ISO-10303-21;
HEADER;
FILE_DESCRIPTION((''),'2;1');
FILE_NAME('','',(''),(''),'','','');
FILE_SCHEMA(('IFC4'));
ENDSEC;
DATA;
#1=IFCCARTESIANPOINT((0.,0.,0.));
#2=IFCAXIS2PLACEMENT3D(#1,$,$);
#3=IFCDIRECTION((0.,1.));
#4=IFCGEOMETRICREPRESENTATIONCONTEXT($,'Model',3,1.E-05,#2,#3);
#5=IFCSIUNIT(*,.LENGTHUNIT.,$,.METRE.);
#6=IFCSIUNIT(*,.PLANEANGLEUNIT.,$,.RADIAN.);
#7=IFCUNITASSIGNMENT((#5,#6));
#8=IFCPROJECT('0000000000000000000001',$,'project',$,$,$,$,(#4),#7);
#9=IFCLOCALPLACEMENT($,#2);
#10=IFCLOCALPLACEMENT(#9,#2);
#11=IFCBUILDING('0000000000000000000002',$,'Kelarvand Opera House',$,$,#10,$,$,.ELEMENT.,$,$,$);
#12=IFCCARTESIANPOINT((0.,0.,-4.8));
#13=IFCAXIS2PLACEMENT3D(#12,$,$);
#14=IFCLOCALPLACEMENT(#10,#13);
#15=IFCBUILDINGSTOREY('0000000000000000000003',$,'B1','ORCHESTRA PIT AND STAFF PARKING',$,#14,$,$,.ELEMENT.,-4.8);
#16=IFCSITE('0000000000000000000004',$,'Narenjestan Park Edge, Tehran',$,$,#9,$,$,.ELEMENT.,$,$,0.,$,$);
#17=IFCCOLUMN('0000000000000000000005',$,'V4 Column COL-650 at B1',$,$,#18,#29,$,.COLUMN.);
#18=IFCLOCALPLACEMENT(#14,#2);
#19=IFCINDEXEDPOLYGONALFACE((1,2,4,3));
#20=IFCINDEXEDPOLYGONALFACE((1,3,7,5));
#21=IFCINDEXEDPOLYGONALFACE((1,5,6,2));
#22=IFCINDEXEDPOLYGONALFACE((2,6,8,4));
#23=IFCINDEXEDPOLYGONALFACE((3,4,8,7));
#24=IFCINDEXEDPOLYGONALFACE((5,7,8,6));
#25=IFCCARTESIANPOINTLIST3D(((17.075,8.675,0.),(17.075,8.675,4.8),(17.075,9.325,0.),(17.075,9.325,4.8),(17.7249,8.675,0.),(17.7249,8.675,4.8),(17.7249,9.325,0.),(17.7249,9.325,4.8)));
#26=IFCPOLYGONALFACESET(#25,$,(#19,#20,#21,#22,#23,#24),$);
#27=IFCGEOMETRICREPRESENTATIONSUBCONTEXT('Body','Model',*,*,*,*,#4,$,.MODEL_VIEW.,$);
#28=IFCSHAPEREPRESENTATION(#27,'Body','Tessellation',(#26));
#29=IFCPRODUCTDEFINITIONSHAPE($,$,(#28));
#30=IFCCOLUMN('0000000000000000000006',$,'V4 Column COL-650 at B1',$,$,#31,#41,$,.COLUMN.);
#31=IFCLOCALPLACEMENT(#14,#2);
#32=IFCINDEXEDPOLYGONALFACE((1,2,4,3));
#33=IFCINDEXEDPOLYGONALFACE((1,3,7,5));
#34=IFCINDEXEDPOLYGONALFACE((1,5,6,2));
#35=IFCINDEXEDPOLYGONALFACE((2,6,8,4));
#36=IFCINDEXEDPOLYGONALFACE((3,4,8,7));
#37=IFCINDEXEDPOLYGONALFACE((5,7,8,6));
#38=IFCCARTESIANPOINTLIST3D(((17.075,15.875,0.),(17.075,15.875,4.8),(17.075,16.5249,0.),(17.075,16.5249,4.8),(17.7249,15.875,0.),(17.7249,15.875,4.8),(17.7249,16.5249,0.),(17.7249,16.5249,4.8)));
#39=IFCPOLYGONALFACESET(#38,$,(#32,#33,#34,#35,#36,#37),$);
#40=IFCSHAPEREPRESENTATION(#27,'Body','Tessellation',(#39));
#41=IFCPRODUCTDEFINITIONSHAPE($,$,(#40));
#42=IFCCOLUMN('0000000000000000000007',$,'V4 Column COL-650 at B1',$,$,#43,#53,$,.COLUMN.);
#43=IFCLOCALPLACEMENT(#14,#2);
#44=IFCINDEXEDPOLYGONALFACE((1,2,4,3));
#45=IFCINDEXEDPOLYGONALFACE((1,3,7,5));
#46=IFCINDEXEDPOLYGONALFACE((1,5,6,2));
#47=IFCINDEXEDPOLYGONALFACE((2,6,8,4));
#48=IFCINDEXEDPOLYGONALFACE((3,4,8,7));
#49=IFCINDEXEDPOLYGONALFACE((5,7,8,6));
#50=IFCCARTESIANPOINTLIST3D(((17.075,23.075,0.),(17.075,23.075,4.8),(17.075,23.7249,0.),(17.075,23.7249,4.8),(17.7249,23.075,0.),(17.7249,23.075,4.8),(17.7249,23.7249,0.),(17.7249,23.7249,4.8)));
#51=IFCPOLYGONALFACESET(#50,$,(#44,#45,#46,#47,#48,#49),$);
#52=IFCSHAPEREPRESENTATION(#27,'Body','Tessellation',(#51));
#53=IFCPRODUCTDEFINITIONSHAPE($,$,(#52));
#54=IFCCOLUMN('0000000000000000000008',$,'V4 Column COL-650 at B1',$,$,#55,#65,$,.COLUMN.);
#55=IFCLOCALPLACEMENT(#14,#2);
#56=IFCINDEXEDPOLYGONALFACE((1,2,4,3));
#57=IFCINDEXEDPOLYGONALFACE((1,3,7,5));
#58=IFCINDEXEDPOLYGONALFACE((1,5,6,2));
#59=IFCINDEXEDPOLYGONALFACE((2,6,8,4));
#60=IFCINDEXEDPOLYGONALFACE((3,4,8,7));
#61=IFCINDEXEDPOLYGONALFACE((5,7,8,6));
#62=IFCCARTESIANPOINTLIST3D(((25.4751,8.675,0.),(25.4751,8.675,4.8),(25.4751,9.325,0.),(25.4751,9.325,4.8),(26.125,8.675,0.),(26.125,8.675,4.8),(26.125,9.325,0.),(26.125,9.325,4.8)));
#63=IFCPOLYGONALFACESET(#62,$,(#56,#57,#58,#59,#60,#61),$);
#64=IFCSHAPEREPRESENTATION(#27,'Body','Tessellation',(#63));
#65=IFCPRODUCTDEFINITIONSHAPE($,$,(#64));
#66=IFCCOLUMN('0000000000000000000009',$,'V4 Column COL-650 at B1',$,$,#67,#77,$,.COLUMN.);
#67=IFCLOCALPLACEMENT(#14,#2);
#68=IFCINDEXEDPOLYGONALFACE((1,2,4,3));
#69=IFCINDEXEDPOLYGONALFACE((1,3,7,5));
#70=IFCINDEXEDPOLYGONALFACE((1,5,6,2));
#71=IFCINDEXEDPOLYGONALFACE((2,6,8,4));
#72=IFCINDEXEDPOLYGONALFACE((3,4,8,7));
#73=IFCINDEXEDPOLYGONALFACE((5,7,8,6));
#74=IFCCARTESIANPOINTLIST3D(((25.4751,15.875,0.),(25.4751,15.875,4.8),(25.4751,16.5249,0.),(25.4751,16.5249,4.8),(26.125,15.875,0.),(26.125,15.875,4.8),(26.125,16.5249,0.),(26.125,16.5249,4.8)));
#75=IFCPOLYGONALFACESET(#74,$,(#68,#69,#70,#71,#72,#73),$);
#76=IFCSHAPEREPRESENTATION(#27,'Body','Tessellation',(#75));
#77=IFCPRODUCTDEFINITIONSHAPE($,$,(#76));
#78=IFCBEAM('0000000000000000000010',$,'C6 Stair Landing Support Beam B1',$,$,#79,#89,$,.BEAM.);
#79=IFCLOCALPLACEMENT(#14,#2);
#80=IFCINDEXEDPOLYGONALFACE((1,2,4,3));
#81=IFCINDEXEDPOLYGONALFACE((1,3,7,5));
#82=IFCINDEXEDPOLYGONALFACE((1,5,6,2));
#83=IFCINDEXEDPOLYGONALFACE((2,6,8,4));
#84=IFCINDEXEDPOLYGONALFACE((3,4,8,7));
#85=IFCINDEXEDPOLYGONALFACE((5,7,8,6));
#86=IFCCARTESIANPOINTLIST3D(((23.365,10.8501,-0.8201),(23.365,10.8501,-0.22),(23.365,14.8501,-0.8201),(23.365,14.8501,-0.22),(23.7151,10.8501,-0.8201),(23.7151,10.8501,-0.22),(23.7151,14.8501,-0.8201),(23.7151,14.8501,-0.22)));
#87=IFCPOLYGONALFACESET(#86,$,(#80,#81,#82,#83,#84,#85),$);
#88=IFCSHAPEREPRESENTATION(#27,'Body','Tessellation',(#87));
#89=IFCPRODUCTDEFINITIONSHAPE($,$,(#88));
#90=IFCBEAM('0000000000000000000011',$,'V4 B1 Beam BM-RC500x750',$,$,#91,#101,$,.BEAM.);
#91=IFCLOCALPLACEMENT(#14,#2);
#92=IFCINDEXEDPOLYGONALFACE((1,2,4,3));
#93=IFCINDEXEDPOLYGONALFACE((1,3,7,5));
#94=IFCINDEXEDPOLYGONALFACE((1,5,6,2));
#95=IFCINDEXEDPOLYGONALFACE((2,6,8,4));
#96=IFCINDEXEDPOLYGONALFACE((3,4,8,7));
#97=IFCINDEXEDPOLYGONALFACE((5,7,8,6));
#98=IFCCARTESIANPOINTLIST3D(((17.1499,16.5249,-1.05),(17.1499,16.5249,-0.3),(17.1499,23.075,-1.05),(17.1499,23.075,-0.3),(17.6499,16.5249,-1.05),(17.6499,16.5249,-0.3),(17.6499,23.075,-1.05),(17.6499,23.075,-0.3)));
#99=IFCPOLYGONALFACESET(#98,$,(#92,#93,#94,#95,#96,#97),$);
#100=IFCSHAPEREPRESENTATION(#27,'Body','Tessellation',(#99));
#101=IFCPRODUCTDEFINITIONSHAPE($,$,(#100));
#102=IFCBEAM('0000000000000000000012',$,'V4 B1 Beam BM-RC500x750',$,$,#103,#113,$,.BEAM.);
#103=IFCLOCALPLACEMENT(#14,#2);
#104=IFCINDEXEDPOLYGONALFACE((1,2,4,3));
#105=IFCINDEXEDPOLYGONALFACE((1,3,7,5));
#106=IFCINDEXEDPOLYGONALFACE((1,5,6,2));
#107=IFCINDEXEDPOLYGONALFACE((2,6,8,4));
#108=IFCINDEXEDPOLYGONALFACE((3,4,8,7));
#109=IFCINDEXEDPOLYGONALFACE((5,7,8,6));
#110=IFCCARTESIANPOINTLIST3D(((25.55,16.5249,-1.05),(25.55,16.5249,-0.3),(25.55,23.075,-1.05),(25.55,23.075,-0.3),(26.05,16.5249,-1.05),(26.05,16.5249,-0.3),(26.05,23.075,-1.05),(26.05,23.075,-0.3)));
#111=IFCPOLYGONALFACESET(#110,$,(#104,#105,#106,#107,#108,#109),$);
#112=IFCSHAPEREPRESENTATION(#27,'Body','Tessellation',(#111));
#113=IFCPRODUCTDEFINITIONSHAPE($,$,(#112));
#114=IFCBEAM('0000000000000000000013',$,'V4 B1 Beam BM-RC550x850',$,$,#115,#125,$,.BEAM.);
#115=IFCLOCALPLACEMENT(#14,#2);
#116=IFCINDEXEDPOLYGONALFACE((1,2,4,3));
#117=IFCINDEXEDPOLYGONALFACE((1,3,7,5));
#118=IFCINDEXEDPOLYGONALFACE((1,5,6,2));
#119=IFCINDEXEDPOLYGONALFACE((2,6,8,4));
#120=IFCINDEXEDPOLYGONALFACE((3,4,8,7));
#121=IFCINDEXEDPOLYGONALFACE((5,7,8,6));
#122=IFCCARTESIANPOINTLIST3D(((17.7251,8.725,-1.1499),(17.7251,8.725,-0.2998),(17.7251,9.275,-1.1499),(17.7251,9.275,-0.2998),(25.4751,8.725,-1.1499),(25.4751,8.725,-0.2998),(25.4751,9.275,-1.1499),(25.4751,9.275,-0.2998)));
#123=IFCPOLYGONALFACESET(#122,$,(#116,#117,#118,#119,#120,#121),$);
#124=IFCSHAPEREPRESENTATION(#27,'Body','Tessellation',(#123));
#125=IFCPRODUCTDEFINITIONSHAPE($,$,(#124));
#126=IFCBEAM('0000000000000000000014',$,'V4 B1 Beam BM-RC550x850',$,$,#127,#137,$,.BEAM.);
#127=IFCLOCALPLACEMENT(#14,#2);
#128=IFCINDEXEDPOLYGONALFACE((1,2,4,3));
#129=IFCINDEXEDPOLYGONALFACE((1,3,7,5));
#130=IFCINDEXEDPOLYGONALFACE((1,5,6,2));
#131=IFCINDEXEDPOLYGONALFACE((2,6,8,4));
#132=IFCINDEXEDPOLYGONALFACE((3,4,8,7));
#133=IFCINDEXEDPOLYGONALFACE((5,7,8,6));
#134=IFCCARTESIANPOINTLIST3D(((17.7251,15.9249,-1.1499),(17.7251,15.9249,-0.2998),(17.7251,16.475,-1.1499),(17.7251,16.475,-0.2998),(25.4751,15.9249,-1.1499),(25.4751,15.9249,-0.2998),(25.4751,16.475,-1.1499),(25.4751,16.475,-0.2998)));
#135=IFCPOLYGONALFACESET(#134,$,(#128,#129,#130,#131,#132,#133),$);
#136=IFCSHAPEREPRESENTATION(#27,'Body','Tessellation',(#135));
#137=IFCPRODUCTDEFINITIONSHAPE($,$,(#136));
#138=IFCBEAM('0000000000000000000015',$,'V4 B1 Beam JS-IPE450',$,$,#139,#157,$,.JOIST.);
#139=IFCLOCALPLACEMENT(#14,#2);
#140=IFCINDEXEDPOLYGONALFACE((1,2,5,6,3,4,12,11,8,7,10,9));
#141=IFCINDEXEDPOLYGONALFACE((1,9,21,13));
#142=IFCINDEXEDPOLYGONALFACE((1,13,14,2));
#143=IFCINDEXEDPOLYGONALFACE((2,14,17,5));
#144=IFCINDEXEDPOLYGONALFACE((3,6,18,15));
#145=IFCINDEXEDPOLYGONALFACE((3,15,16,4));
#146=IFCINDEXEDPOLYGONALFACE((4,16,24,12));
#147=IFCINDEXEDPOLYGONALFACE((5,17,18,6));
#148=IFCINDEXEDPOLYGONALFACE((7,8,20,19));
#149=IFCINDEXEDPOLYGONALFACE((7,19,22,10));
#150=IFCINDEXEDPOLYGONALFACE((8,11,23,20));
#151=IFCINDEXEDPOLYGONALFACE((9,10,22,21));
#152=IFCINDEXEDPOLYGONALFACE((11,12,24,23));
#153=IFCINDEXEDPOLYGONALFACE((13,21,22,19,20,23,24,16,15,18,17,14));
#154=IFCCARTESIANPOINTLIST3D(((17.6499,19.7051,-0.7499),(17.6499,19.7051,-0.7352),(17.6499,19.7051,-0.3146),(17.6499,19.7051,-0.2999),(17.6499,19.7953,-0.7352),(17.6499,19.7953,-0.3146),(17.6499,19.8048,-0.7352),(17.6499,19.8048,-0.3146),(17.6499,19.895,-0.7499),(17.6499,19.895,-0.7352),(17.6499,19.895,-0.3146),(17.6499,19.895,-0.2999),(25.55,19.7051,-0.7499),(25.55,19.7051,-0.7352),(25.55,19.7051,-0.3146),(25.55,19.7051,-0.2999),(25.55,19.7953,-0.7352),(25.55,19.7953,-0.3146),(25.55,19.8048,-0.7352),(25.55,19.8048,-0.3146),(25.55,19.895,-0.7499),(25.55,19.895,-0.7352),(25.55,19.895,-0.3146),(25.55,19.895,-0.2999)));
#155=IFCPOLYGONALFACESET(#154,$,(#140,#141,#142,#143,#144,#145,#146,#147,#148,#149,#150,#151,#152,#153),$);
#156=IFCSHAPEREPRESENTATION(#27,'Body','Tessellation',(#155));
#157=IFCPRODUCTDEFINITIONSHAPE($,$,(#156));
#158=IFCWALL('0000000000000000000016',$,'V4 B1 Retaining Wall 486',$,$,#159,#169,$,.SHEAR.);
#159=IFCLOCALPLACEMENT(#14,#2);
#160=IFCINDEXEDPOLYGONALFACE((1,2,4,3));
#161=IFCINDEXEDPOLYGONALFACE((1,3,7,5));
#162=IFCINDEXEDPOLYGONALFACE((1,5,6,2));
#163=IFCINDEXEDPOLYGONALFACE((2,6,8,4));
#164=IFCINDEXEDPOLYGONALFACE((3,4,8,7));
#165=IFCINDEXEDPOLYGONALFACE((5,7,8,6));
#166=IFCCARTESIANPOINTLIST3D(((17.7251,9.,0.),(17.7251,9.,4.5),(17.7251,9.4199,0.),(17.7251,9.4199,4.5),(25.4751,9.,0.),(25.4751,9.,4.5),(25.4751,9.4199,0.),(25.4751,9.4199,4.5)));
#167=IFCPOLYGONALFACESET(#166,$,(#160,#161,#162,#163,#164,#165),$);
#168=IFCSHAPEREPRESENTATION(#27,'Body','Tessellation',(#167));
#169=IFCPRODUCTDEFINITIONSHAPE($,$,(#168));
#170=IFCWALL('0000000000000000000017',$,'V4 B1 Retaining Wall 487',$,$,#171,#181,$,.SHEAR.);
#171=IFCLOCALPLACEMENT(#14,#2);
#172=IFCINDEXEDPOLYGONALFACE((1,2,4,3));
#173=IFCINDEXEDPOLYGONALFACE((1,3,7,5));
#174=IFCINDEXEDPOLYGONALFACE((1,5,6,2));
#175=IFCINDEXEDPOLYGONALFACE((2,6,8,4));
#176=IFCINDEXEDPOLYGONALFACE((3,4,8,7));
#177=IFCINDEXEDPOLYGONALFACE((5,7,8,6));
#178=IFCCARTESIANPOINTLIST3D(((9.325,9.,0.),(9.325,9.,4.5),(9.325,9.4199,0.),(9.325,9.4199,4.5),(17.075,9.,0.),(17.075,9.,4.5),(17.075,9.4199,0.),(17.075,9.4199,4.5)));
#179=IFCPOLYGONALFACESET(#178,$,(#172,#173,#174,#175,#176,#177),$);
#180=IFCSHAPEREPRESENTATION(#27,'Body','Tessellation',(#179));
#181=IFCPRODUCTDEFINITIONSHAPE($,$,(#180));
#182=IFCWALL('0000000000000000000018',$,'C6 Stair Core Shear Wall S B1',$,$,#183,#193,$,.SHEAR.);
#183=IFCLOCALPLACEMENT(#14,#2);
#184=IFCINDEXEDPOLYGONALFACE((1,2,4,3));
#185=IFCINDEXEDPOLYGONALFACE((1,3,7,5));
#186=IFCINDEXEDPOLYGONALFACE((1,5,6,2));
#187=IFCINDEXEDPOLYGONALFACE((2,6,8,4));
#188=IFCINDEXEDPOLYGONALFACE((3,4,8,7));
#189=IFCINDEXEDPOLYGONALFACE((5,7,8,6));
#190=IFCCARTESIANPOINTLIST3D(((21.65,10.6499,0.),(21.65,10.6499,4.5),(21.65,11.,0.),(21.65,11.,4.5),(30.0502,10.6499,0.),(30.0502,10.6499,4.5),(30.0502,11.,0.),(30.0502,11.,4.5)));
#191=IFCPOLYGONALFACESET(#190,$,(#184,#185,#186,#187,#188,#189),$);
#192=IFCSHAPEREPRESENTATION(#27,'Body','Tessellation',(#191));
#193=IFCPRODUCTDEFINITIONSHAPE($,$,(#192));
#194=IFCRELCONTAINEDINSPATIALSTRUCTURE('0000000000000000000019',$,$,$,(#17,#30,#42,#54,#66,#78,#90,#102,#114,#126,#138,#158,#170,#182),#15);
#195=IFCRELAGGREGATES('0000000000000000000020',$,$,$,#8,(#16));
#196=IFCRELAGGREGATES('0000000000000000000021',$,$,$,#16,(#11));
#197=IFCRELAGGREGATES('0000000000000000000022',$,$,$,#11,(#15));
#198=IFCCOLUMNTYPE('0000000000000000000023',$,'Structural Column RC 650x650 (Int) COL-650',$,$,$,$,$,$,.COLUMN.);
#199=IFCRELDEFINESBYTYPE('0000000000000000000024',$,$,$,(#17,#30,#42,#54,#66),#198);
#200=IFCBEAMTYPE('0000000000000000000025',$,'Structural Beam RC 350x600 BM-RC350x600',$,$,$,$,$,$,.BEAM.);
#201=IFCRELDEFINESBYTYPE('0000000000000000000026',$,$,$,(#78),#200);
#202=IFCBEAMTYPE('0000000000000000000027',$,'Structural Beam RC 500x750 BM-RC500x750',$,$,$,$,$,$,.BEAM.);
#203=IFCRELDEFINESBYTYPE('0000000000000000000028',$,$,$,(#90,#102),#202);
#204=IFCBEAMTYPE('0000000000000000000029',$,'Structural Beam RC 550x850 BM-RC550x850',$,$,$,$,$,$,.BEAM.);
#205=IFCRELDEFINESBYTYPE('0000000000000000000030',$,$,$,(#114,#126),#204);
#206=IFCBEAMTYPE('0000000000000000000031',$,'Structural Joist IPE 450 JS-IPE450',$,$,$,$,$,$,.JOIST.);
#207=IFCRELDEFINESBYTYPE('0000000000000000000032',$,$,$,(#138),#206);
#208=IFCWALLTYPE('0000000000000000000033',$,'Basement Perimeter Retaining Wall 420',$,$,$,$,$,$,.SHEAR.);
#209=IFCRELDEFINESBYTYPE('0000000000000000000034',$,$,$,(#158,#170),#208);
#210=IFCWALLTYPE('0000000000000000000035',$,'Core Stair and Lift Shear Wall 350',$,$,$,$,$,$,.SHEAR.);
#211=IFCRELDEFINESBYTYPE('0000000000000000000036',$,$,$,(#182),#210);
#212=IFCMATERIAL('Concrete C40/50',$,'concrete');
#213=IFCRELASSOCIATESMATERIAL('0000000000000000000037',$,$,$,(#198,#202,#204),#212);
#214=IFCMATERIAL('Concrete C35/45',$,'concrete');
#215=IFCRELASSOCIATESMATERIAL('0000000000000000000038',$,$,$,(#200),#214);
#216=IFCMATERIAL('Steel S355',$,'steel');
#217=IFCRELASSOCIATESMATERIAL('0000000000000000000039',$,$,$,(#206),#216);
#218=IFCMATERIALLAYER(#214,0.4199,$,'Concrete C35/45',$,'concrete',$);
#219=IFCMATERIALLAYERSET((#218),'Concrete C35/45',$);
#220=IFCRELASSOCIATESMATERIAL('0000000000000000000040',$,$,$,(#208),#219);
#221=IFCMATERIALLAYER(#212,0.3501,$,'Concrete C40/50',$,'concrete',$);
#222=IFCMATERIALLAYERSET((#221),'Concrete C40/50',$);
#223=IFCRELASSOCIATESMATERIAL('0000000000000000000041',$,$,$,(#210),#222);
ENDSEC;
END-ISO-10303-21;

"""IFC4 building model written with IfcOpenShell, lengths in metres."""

from ifc_helpers import new_model, si_unit, direction, frame, frame_2d, origin, origin_2d, place, context, subcontext, project, spatial, rectangle, i_section, extrude, material, layer, layer_set, material_profile, profile_set, type_object, element, save


model = new_model("IFC4")

# Units and contexts
model_context = context("Model", 3, precision=1e-05, world=origin(), true_north=direction((0.0, 1.0)))
body_context = subcontext(model_context, "Body", "Model", "MODEL_VIEW")
ifc_project = project(units=[si_unit("LENGTHUNIT", "METRE"), si_unit("PLANEANGLEUNIT", "RADIAN")], contexts=[model_context])

# Site, building, storey
site_placement = place(None, origin())
site = spatial("IfcSite", under=ifc_project, at=site_placement, Name="Narenjestan Park Edge, Tehran", CompositionType="ELEMENT", RefElevation=0.0)
building_placement = place(site_placement, origin())
building = spatial("IfcBuilding", under=site, at=building_placement, Name="Kelarvand Opera House", CompositionType="ELEMENT")
storey_placement = place(building_placement, frame((0.0, 0.0, -4.8)))
storey = spatial("IfcBuildingStorey", under=building, at=storey_placement, Name="B1", Description="ORCHESTRA PIT AND STAFF PARKING", CompositionType="ELEMENT", Elevation=-4.8)

# Columns
ifc_material_1 = material(Name="Concrete C40/50", Category="concrete")
ifc_material_profile_1 = material_profile(ifc_material_1, rectangle(XDim=0.6499, YDim=0.6499, at=origin_2d()), Name="RC 650x650", Category="concrete")
ifc_profile_set_1 = profile_set([ifc_material_profile_1], Name="Concrete C40/50")
column_type = type_object("IfcColumnType", Name="Structural Column RC 650x650 (Int) COL-650", PredefinedType="COLUMN", material=ifc_profile_set_1)
for number, where, z_axis, x_axis, name in (
    (1, (17.3999, 9.0, 0.0), (0.0, 0.0, 1.0), (1.0, 0.0, 0.0), "V4 Column COL-650 at B1"),
    (2, (17.3999, 16.2, 0.0), (0.0, 0.0, 1.0), (1.0, 0.0, 0.0), "V4 Column COL-650 at B1"),
    (3, (17.3999, 23.3999, 0.0), (0.0, 0.0, 1.0), (1.0, 0.0, 0.0), "V4 Column COL-650 at B1"),
    (4, (25.8, 9.0, 0.0), (0.0, 0.0, 1.0), (1.0, 0.0, 0.0), "V4 Column COL-650 at B1"),
    (5, (25.8, 16.2, 0.0), (0.0, 0.0, 1.0), (1.0, 0.0, 0.0), "V4 Column COL-650 at B1"),
):
    element("IfcColumn", number, at=place(storey_placement, frame(where, z_axis=z_axis, x_axis=x_axis)), inside=storey, type_object=column_type, Name=name, PredefinedType="COLUMN", context=body_context, shape_type="SweptSolid", body=[
        extrude(rectangle(XDim=0.6499, YDim=0.6499, at=origin_2d()), origin(), (0.0, 0.0, 1.0), 4.8),
    ])

# Beams
ifc_material_2 = material(Name="Concrete C35/45", Category="concrete")
ifc_material_profile_2 = material_profile(ifc_material_2, rectangle(XDim=0.3501, YDim=0.6001, at=origin_2d()), Name="RC 350x600", Category="concrete")
ifc_profile_set_2 = profile_set([ifc_material_profile_2], Name="Concrete C35/45")
beam_type_1 = type_object("IfcBeamType", Name="Structural Beam RC 350x600 BM-RC350x600", PredefinedType="BEAM", material=ifc_profile_set_2)
beam_1_placement = place(storey_placement, frame((23.54, 10.8501, -0.52), z_axis=(0.0, 1.0, 0.0), x_axis=(-1.0, 0.0, 0.0)))
element("IfcBeam", 6, at=beam_1_placement, inside=storey, type_object=beam_type_1, Name="C6 Stair Landing Support Beam B1", PredefinedType="BEAM", context=body_context, shape_type="SweptSolid", body=[
    extrude(rectangle(XDim=0.3501, YDim=0.6001, at=origin_2d()), origin(), (0.0, 0.0, 1.0), 4.0),
])
ifc_material_profile_3 = material_profile(ifc_material_1, rectangle(XDim=0.5, YDim=0.75, at=origin_2d()), Name="RC 500x750", Category="concrete")
ifc_profile_set_3 = profile_set([ifc_material_profile_3], Name="Concrete C40/50")
beam_type_2 = type_object("IfcBeamType", Name="Structural Beam RC 500x750 BM-RC500x750", PredefinedType="BEAM", material=ifc_profile_set_3)
for number, where, z_axis, x_axis, name in (
    (7, (17.3999, 16.5249, -0.675), (0.0, 1.0, 0.0), (-1.0, 0.0, 0.0), "V4 B1 Beam BM-RC500x750"),
    (8, (25.8, 16.5249, -0.675), (0.0, 1.0, 0.0), (-1.0, 0.0, 0.0), "V4 B1 Beam BM-RC500x750"),
):
    element("IfcBeam", number, at=place(storey_placement, frame(where, z_axis=z_axis, x_axis=x_axis)), inside=storey, type_object=beam_type_2, Name=name, PredefinedType="BEAM", context=body_context, shape_type="SweptSolid", body=[
        extrude(rectangle(XDim=0.5, YDim=0.75, at=origin_2d()), origin(), (0.0, 0.0, 1.0), 6.55),
    ])
ifc_material_profile_4 = material_profile(ifc_material_1, rectangle(XDim=0.55, YDim=0.8501, at=origin_2d()), Name="RC 550x850", Category="concrete")
ifc_profile_set_4 = profile_set([ifc_material_profile_4], Name="Concrete C40/50")
beam_type_3 = type_object("IfcBeamType", Name="Structural Beam RC 550x850 BM-RC550x850", PredefinedType="BEAM", material=ifc_profile_set_4)
for number, where, z_axis, x_axis, name in (
    (9, (17.7251, 9.0, -0.7249), (1.0, 0.0, 0.0), (0.0, 1.0, 0.0), "V4 B1 Beam BM-RC550x850"),
    (10, (17.7251, 16.2, -0.7249), (1.0, 0.0, 0.0), (0.0, 1.0, 0.0), "V4 B1 Beam BM-RC550x850"),
):
    element("IfcBeam", number, at=place(storey_placement, frame(where, z_axis=z_axis, x_axis=x_axis)), inside=storey, type_object=beam_type_3, Name=name, PredefinedType="BEAM", context=body_context, shape_type="SweptSolid", body=[
        extrude(rectangle(XDim=0.55, YDim=0.8501, at=origin_2d()), origin(), (0.0, 0.0, 1.0), 7.75),
    ])
ifc_material_3 = material(Name="Steel S355", Category="steel")
ifc_material_profile_5 = material_profile(ifc_material_3, i_section(OverallWidth=0.1899, OverallDepth=0.45, WebThickness=0.0095, FlangeThickness=0.0146, at=origin_2d()), Name="IPE 450", Category="steel")
ifc_profile_set_5 = profile_set([ifc_material_profile_5], Name="Steel S355")
beam_type_4 = type_object("IfcBeamType", Name="Structural Joist IPE 450 JS-IPE450", PredefinedType="JOIST", material=ifc_profile_set_5)
beam_2_placement = place(storey_placement, frame((17.6499, 19.8, -0.5249), z_axis=(1.0, 0.0, 0.0), x_axis=(0.0, 1.0, 0.0)))
element("IfcBeam", 11, at=beam_2_placement, inside=storey, type_object=beam_type_4, Name="V4 B1 Beam JS-IPE450", PredefinedType="JOIST", context=body_context, shape_type="SweptSolid", body=[
    extrude(i_section(OverallWidth=0.1899, OverallDepth=0.45, WebThickness=0.0095, FlangeThickness=0.0146, at=origin_2d()), origin(), (0.0, 0.0, 1.0), 7.9001),
])

# Walls
ifc_layer_1 = layer(ifc_material_2, 0.4199, Name="Concrete C35/45", Category="concrete")
ifc_layer_set_1 = layer_set([ifc_layer_1], Name="Concrete C35/45")
wall_type_1 = type_object("IfcWallType", Name="Basement Perimeter Retaining Wall 420", PredefinedType="SHEAR", material=ifc_layer_set_1)
for number, where, z_axis, x_axis, name in (
    (12, (25.4751, 9.21, 0.0), (0.0, 0.0, 1.0), (-1.0, 0.0, 0.0), "V4 B1 Retaining Wall 486"),
    (13, (17.075, 9.21, 0.0), (0.0, 0.0, 1.0), (-1.0, 0.0, 0.0), "V4 B1 Retaining Wall 487"),
):
    element("IfcWall", number, at=place(storey_placement, frame(where, z_axis=z_axis, x_axis=x_axis)), inside=storey, type_object=wall_type_1, Name=name, PredefinedType="SHEAR", context=body_context, shape_type="SweptSolid", body=[
        extrude(rectangle(XDim=7.75, YDim=0.4199, at=frame_2d((3.875, 0.0))), origin(), (0.0, 0.0, 1.0), 4.5),
    ])
ifc_layer_2 = layer(ifc_material_1, 0.3501, Name="Concrete C40/50", Category="concrete")
ifc_layer_set_2 = layer_set([ifc_layer_2], Name="Concrete C40/50")
wall_type_2 = type_object("IfcWallType", Name="Core Stair and Lift Shear Wall 350", PredefinedType="SHEAR", material=ifc_layer_set_2)
wall_1_placement = place(storey_placement, frame((21.6499, 10.825, 0.0), z_axis=(0.0, 0.0, 1.0), x_axis=(1.0, 0.0, 0.0)))
element("IfcWall", 14, at=wall_1_placement, inside=storey, type_object=wall_type_2, Name="C6 Stair Core Shear Wall S B1", PredefinedType="SHEAR", context=body_context, shape_type="SweptSolid", body=[
    extrude(rectangle(XDim=8.4001, YDim=0.3501, at=frame_2d((4.2002, 0.0))), origin(), (0.0, 0.0, 1.0), 4.5),
])

save(model, "model.ifc")
